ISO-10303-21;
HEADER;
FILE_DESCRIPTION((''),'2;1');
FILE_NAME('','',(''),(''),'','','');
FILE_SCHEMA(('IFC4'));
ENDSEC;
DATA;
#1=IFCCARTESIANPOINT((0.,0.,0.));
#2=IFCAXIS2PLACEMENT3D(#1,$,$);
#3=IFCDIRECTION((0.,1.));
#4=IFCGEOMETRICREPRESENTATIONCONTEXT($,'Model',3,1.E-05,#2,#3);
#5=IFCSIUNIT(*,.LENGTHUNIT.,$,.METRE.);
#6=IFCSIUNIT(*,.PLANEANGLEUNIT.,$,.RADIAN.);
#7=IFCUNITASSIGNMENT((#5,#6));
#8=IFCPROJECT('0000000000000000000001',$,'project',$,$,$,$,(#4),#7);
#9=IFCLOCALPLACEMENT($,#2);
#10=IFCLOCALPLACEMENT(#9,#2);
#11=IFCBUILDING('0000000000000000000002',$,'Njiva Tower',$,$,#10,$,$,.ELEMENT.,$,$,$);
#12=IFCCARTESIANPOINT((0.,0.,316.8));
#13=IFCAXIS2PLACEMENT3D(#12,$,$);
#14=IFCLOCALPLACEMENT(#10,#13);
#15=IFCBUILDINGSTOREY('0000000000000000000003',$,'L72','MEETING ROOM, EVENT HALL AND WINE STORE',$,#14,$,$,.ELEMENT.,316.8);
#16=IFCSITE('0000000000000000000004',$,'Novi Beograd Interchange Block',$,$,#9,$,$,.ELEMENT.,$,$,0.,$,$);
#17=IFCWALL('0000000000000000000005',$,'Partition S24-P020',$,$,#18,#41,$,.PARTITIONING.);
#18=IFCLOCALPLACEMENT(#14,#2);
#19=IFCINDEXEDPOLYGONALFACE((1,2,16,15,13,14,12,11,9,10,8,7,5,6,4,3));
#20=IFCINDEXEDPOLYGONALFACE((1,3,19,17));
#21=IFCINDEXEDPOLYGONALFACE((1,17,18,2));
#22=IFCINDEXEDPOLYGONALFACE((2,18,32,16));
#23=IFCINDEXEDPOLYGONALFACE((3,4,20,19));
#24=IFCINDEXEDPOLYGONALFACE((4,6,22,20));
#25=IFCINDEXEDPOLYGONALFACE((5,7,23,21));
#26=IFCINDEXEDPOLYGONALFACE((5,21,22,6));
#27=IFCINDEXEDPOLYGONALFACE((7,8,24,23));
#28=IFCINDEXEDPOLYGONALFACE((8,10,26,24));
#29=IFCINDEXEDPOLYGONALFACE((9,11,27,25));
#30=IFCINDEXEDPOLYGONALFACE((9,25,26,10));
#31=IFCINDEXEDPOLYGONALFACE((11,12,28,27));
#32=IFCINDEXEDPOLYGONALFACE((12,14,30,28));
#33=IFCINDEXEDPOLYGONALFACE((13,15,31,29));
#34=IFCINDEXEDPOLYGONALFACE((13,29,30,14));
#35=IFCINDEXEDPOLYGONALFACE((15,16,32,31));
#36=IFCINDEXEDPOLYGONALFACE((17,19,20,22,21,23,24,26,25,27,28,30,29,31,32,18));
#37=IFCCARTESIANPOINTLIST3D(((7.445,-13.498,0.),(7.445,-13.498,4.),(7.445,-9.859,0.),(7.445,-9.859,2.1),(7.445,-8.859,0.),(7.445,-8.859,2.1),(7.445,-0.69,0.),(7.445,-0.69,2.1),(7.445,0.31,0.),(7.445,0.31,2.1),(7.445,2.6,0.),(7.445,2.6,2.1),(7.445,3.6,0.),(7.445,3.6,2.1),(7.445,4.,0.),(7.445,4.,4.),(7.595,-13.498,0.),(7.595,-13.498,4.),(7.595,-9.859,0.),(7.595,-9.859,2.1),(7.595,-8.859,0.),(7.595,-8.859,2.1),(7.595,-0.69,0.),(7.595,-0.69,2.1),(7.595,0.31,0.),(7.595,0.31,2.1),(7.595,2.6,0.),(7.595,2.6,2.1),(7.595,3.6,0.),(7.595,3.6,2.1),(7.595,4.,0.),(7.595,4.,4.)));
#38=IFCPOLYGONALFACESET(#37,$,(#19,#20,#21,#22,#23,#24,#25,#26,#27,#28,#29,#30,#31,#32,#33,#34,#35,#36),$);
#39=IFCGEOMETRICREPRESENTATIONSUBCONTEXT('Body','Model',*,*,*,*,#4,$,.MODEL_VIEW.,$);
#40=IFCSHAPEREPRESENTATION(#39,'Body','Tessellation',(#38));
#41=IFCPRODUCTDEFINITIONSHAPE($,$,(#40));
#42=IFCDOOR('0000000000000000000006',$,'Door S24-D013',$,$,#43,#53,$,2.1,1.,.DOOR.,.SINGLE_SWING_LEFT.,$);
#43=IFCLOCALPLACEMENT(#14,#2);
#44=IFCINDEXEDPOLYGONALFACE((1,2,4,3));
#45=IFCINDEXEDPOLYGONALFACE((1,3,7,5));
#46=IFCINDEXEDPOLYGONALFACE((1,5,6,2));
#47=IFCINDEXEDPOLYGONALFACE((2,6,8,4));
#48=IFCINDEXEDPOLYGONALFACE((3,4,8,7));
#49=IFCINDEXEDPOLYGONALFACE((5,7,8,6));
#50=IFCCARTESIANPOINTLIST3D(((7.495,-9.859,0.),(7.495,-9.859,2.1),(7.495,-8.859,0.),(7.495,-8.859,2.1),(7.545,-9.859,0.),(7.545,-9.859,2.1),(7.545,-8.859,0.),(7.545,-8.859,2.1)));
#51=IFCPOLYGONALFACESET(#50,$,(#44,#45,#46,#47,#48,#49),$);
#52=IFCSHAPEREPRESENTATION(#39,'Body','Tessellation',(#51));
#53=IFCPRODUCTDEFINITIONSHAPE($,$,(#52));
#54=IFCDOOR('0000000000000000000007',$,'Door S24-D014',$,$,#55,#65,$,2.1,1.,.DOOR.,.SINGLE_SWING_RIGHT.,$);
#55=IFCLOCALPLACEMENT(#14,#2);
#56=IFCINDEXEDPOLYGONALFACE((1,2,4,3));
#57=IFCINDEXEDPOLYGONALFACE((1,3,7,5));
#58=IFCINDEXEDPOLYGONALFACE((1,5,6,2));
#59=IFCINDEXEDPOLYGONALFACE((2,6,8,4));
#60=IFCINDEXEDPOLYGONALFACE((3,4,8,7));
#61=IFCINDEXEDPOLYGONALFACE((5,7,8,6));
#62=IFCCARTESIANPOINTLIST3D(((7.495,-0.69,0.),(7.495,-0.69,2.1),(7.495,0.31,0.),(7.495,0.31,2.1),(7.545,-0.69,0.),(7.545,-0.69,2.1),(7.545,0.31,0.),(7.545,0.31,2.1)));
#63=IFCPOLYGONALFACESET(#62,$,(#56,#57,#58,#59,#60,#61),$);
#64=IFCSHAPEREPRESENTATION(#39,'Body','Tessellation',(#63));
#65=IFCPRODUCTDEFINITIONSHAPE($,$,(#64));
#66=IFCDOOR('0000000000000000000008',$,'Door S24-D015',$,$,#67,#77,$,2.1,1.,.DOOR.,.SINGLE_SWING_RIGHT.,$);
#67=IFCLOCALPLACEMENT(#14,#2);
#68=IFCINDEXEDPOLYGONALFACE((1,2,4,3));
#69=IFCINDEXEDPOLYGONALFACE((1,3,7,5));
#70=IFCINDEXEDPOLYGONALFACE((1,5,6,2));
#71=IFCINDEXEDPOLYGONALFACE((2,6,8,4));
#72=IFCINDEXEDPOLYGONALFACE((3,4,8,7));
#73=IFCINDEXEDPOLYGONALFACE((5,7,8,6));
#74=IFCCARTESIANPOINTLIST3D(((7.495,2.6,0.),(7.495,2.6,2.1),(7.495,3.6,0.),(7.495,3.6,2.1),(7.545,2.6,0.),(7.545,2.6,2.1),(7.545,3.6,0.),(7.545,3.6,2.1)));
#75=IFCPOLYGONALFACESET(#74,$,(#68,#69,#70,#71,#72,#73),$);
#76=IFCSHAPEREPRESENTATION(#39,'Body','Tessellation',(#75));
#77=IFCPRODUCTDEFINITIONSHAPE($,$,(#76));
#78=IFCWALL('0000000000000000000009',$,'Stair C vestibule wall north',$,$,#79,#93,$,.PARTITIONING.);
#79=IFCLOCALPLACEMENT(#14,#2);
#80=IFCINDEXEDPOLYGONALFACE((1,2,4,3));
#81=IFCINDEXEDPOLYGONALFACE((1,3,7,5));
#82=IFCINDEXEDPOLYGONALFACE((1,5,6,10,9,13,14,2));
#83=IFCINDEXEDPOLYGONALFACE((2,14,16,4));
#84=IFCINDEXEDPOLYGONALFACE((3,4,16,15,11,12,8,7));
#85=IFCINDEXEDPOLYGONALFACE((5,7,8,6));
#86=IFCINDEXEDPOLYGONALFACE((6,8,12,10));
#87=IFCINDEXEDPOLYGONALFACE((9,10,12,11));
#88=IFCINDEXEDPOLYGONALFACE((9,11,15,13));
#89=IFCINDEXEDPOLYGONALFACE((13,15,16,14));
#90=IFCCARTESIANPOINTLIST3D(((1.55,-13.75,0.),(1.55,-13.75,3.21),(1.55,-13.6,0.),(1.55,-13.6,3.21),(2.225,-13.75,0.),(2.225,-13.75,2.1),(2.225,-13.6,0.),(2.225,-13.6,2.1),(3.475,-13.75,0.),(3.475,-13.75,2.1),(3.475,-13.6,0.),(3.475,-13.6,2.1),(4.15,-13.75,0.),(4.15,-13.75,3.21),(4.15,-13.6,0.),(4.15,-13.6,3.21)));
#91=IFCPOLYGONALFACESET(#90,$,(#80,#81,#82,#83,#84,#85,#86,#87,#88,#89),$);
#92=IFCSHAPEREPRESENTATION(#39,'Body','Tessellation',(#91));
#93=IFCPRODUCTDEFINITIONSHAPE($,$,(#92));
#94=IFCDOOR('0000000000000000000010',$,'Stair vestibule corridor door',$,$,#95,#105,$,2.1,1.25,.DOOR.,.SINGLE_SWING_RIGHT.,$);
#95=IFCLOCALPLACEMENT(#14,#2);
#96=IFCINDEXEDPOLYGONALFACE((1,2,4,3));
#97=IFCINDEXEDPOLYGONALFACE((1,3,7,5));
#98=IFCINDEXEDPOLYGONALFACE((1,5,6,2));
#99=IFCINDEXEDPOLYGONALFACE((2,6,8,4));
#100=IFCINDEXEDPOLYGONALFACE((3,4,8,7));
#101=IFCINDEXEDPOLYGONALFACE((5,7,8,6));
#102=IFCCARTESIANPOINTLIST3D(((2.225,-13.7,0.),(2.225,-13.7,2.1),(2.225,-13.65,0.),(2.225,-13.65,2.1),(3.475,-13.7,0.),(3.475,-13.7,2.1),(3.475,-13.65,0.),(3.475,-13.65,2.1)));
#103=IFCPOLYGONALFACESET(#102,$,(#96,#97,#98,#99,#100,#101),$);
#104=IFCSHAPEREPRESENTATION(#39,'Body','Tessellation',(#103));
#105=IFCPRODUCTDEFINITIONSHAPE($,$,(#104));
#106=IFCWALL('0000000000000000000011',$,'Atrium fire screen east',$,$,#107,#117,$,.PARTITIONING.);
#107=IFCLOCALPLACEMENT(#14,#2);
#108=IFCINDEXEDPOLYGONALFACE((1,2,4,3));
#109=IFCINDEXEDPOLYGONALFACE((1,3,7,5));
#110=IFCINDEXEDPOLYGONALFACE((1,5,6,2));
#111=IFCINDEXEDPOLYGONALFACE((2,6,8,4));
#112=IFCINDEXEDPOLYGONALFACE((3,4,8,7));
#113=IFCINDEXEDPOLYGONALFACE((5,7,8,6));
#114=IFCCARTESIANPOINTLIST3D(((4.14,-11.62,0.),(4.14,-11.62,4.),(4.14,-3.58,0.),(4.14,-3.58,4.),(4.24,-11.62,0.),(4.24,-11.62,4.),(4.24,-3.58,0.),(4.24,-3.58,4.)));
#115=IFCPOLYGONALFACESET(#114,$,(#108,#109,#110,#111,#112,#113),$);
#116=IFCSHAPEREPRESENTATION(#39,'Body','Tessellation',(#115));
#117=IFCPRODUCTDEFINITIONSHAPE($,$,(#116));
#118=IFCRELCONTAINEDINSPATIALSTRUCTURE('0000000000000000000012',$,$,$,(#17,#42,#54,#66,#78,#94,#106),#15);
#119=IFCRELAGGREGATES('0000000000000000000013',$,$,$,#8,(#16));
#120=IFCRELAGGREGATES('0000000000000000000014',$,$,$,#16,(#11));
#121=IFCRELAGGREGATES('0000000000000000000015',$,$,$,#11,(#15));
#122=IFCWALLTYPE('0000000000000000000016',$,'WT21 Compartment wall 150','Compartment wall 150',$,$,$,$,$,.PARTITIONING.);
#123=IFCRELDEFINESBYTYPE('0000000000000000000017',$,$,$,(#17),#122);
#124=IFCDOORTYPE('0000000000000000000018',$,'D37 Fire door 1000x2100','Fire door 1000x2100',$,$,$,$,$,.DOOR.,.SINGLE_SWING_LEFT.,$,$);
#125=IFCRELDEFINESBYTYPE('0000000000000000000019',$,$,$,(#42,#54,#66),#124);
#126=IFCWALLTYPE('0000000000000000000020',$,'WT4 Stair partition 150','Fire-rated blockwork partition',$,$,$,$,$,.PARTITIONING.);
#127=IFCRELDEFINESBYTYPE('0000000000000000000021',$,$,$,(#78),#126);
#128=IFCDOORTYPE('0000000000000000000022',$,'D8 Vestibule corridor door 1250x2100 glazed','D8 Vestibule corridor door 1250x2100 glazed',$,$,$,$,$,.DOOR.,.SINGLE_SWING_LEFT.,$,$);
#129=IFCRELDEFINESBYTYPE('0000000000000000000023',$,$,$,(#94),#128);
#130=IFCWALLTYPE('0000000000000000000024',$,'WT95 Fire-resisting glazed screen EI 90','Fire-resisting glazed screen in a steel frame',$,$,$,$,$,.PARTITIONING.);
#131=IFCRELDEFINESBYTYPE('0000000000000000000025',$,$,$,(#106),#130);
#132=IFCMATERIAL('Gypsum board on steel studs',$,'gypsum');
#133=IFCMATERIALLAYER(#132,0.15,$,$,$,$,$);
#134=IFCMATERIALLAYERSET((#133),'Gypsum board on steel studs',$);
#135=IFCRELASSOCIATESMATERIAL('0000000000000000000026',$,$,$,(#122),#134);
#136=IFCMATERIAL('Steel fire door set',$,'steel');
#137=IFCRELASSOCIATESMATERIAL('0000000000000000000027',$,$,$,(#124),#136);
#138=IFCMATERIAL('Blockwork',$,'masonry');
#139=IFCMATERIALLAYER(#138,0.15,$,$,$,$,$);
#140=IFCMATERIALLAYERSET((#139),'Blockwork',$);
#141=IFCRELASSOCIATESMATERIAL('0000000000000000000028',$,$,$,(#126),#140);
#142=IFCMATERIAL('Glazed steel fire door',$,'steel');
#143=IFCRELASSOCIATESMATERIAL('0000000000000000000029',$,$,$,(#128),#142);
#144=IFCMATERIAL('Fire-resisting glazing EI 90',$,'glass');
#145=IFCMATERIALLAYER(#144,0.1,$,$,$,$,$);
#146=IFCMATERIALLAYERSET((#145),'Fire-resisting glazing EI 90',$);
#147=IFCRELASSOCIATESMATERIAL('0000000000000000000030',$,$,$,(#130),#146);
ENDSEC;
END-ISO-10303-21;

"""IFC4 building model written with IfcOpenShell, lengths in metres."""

from ifc_helpers import new_model, si_unit, direction, frame, frame_2d, origin, place, context, subcontext, project, spatial, rectangle, extrude, material, layer, layer_set, type_object, element, fill, save


model = new_model("IFC4")

# Units and contexts
model_context = context("Model", 3, precision=1e-05, world=origin(), true_north=direction((0.0, 1.0)))
body_context = subcontext(model_context, "Body", "Model", "MODEL_VIEW")
ifc_project = project(units=[si_unit("LENGTHUNIT", "METRE"), si_unit("PLANEANGLEUNIT", "RADIAN")], contexts=[model_context])

# Site, building, storey
site_placement = place(None, origin())
site = spatial("IfcSite", under=ifc_project, at=site_placement, Name="Novi Beograd Interchange Block", CompositionType="ELEMENT", RefElevation=0.0)
building_placement = place(site_placement, origin())
building = spatial("IfcBuilding", under=site, at=building_placement, Name="Njiva Tower", CompositionType="ELEMENT")
storey_placement = place(building_placement, frame((0.0, 0.0, 316.8)))
storey = spatial("IfcBuildingStorey", under=building, at=storey_placement, Name="L72", Description="MEETING ROOM, EVENT HALL AND WINE STORE", CompositionType="ELEMENT", Elevation=316.8)

# Shared definitions
ifc_material_1 = material(Name="Gypsum board on steel studs", Category="gypsum")
ifc_layer_1 = layer(ifc_material_1, 0.15)
ifc_layer_set_1 = layer_set([ifc_layer_1], Name="Gypsum board on steel studs")
wall_type_1 = type_object("IfcWallType", Name="WT21 Compartment wall 150", Description="Compartment wall 150", PredefinedType="PARTITIONING", material=ifc_layer_set_1)
ifc_material_2 = material(Name="Steel fire door set", Category="steel")
door_type_1 = type_object("IfcDoorType", Name="D37 Fire door 1000x2100", Description="Fire door 1000x2100", OperationType="SINGLE_SWING_LEFT", PredefinedType="DOOR", material=ifc_material_2)

# Wall, openings, doors
wall_1_placement = place(storey_placement, frame((7.52, -13.498, 0.0), z_axis=(0.0, 0.0, 1.0), x_axis=(0.0, 1.0, 0.0)))
wall_1 = element("IfcWall", 1, at=wall_1_placement, inside=storey, type_object=wall_type_1, Name="Partition S24-P020", PredefinedType="PARTITIONING", context=body_context, shape_type="SweptSolid", body=[
    extrude(rectangle(XDim=17.498, YDim=0.15, at=frame_2d((8.749, 0.0))), origin(), (0.0, 0.0, 1.0), 4.0),
])
opening_1_placement = place(wall_1_placement, frame((3.639, 0.0, 0.0)))
opening_1 = element("IfcOpeningElement", 2, at=opening_1_placement, cuts=wall_1, PredefinedType="OPENING", context=body_context, shape_type="SweptSolid", body=[
    extrude(rectangle(XDim=1.0, YDim=2.1, at=frame_2d((0.5, 1.05))), frame((0.0, 0.085, 0.0), z_axis=(0.0, -1.0, 0.0), x_axis=(1.0, 0.0, 0.0)), (0.0, 0.0, 1.0), 0.17),
])
opening_2_placement = place(wall_1_placement, frame((12.808, 0.0, 0.0)))
opening_2 = element("IfcOpeningElement", 3, at=opening_2_placement, cuts=wall_1, PredefinedType="OPENING", context=body_context, shape_type="SweptSolid", body=[
    extrude(rectangle(XDim=1.0, YDim=2.1, at=frame_2d((0.5, 1.05))), frame((0.0, 0.085, 0.0), z_axis=(0.0, -1.0, 0.0), x_axis=(1.0, 0.0, 0.0)), (0.0, 0.0, 1.0), 0.17),
])
opening_3_placement = place(wall_1_placement, frame((16.098, 0.0, 0.0)))
opening_3 = element("IfcOpeningElement", 4, at=opening_3_placement, cuts=wall_1, PredefinedType="OPENING", context=body_context, shape_type="SweptSolid", body=[
    extrude(rectangle(XDim=1.0, YDim=2.1, at=frame_2d((0.5, 1.05))), frame((0.0, 0.085, 0.0), z_axis=(0.0, -1.0, 0.0), x_axis=(1.0, 0.0, 0.0)), (0.0, 0.0, 1.0), 0.17),
])
door_1_placement = place(opening_1_placement, origin())
door_1 = element("IfcDoor", 5, at=door_1_placement, inside=storey, type_object=door_type_1, Name="Door S24-D013", OperationType="SINGLE_SWING_LEFT", OverallHeight=2.1, OverallWidth=1.0, PredefinedType="DOOR", context=body_context, shape_type="SweptSolid", body=[
    extrude(rectangle(XDim=1.0, YDim=2.1, at=frame_2d((0.5, 1.05))), frame((0.0, 0.025, 0.0), z_axis=(0.0, -1.0, 0.0), x_axis=(1.0, 0.0, 0.0)), (0.0, 0.0, 1.0), 0.05),
])
fill(opening_1, door_1)
door_2_placement = place(opening_2_placement, origin())
door_2 = element("IfcDoor", 6, at=door_2_placement, inside=storey, type_object=door_type_1, Name="Door S24-D014", OperationType="SINGLE_SWING_RIGHT", OverallHeight=2.1, OverallWidth=1.0, PredefinedType="DOOR", context=body_context, shape_type="SweptSolid", body=[
    extrude(rectangle(XDim=1.0, YDim=2.1, at=frame_2d((0.5, 1.05))), frame((0.0, 0.025, 0.0), z_axis=(0.0, -1.0, 0.0), x_axis=(1.0, 0.0, 0.0)), (0.0, 0.0, 1.0), 0.05),
])
fill(opening_2, door_2)
door_3_placement = place(opening_3_placement, origin())
door_3 = element("IfcDoor", 7, at=door_3_placement, inside=storey, type_object=door_type_1, Name="Door S24-D015", OperationType="SINGLE_SWING_RIGHT", OverallHeight=2.1, OverallWidth=1.0, PredefinedType="DOOR", context=body_context, shape_type="SweptSolid", body=[
    extrude(rectangle(XDim=1.0, YDim=2.1, at=frame_2d((0.5, 1.05))), frame((0.0, 0.025, 0.0), z_axis=(0.0, -1.0, 0.0), x_axis=(1.0, 0.0, 0.0)), (0.0, 0.0, 1.0), 0.05),
])
fill(opening_3, door_3)

# Wall, opening, door
ifc_material_3 = material(Name="Blockwork", Category="masonry")
ifc_layer_2 = layer(ifc_material_3, 0.15)
ifc_layer_set_2 = layer_set([ifc_layer_2], Name="Blockwork")
wall_type_2 = type_object("IfcWallType", Name="WT4 Stair partition 150", Description="Fire-rated blockwork partition", PredefinedType="PARTITIONING", material=ifc_layer_set_2)
wall_2_placement = place(storey_placement, frame((1.55, -13.675, 0.0), z_axis=(0.0, 0.0, 1.0), x_axis=(1.0, 0.0, 0.0)))
wall_2 = element("IfcWall", 8, at=wall_2_placement, inside=storey, type_object=wall_type_2, Name="Stair C vestibule wall north", PredefinedType="PARTITIONING", context=body_context, shape_type="SweptSolid", body=[
    extrude(rectangle(XDim=2.6, YDim=0.15, at=frame_2d((1.3, 0.0))), origin(), (0.0, 0.0, 1.0), 3.21),
])
opening_4_placement = place(wall_2_placement, frame((0.675, 0.0, 0.0)))
opening_4 = element("IfcOpeningElement", 9, at=opening_4_placement, cuts=wall_2, PredefinedType="OPENING", context=body_context, shape_type="SweptSolid", body=[
    extrude(rectangle(XDim=1.25, YDim=2.1, at=frame_2d((0.625, 1.05))), frame((0.0, 0.085, 0.0), z_axis=(0.0, -1.0, 0.0), x_axis=(1.0, 0.0, 0.0)), (0.0, 0.0, 1.0), 0.17),
])
ifc_material_4 = material(Name="Glazed steel fire door", Category="steel")
door_type_2 = type_object("IfcDoorType", Name="D8 Vestibule corridor door 1250x2100 glazed", Description="D8 Vestibule corridor door 1250x2100 glazed", OperationType="SINGLE_SWING_LEFT", PredefinedType="DOOR", material=ifc_material_4)
door_4_placement = place(opening_4_placement, origin())
door_4 = element("IfcDoor", 10, at=door_4_placement, inside=storey, type_object=door_type_2, Name="Stair vestibule corridor door", OperationType="SINGLE_SWING_RIGHT", OverallHeight=2.1, OverallWidth=1.25, PredefinedType="DOOR", context=body_context, shape_type="SweptSolid", body=[
    extrude(rectangle(XDim=1.25, YDim=2.1, at=frame_2d((0.625, 1.05))), frame((0.0, 0.025, 0.0), z_axis=(0.0, -1.0, 0.0), x_axis=(1.0, 0.0, 0.0)), (0.0, 0.0, 1.0), 0.05),
])
fill(opening_4, door_4)

# Wall
ifc_material_5 = material(Name="Fire-resisting glazing EI 90", Category="glass")
ifc_layer_3 = layer(ifc_material_5, 0.1)
ifc_layer_set_3 = layer_set([ifc_layer_3], Name="Fire-resisting glazing EI 90")
wall_type_3 = type_object("IfcWallType", Name="WT95 Fire-resisting glazed screen EI 90", Description="Fire-resisting glazed screen in a steel frame", PredefinedType="PARTITIONING", material=ifc_layer_set_3)
wall_3_placement = place(storey_placement, frame((4.19, -11.62, 0.0), z_axis=(0.0, 0.0, 1.0), x_axis=(0.0, 1.0, 0.0)))
element("IfcWall", 11, at=wall_3_placement, inside=storey, type_object=wall_type_3, Name="Atrium fire screen east", PredefinedType="PARTITIONING", context=body_context, shape_type="SweptSolid", body=[
    extrude(rectangle(XDim=8.04, YDim=0.1, at=frame_2d((4.02, 0.0))), origin(), (0.0, 0.0, 1.0), 4.0),
])

save(model, "model.ifc")
